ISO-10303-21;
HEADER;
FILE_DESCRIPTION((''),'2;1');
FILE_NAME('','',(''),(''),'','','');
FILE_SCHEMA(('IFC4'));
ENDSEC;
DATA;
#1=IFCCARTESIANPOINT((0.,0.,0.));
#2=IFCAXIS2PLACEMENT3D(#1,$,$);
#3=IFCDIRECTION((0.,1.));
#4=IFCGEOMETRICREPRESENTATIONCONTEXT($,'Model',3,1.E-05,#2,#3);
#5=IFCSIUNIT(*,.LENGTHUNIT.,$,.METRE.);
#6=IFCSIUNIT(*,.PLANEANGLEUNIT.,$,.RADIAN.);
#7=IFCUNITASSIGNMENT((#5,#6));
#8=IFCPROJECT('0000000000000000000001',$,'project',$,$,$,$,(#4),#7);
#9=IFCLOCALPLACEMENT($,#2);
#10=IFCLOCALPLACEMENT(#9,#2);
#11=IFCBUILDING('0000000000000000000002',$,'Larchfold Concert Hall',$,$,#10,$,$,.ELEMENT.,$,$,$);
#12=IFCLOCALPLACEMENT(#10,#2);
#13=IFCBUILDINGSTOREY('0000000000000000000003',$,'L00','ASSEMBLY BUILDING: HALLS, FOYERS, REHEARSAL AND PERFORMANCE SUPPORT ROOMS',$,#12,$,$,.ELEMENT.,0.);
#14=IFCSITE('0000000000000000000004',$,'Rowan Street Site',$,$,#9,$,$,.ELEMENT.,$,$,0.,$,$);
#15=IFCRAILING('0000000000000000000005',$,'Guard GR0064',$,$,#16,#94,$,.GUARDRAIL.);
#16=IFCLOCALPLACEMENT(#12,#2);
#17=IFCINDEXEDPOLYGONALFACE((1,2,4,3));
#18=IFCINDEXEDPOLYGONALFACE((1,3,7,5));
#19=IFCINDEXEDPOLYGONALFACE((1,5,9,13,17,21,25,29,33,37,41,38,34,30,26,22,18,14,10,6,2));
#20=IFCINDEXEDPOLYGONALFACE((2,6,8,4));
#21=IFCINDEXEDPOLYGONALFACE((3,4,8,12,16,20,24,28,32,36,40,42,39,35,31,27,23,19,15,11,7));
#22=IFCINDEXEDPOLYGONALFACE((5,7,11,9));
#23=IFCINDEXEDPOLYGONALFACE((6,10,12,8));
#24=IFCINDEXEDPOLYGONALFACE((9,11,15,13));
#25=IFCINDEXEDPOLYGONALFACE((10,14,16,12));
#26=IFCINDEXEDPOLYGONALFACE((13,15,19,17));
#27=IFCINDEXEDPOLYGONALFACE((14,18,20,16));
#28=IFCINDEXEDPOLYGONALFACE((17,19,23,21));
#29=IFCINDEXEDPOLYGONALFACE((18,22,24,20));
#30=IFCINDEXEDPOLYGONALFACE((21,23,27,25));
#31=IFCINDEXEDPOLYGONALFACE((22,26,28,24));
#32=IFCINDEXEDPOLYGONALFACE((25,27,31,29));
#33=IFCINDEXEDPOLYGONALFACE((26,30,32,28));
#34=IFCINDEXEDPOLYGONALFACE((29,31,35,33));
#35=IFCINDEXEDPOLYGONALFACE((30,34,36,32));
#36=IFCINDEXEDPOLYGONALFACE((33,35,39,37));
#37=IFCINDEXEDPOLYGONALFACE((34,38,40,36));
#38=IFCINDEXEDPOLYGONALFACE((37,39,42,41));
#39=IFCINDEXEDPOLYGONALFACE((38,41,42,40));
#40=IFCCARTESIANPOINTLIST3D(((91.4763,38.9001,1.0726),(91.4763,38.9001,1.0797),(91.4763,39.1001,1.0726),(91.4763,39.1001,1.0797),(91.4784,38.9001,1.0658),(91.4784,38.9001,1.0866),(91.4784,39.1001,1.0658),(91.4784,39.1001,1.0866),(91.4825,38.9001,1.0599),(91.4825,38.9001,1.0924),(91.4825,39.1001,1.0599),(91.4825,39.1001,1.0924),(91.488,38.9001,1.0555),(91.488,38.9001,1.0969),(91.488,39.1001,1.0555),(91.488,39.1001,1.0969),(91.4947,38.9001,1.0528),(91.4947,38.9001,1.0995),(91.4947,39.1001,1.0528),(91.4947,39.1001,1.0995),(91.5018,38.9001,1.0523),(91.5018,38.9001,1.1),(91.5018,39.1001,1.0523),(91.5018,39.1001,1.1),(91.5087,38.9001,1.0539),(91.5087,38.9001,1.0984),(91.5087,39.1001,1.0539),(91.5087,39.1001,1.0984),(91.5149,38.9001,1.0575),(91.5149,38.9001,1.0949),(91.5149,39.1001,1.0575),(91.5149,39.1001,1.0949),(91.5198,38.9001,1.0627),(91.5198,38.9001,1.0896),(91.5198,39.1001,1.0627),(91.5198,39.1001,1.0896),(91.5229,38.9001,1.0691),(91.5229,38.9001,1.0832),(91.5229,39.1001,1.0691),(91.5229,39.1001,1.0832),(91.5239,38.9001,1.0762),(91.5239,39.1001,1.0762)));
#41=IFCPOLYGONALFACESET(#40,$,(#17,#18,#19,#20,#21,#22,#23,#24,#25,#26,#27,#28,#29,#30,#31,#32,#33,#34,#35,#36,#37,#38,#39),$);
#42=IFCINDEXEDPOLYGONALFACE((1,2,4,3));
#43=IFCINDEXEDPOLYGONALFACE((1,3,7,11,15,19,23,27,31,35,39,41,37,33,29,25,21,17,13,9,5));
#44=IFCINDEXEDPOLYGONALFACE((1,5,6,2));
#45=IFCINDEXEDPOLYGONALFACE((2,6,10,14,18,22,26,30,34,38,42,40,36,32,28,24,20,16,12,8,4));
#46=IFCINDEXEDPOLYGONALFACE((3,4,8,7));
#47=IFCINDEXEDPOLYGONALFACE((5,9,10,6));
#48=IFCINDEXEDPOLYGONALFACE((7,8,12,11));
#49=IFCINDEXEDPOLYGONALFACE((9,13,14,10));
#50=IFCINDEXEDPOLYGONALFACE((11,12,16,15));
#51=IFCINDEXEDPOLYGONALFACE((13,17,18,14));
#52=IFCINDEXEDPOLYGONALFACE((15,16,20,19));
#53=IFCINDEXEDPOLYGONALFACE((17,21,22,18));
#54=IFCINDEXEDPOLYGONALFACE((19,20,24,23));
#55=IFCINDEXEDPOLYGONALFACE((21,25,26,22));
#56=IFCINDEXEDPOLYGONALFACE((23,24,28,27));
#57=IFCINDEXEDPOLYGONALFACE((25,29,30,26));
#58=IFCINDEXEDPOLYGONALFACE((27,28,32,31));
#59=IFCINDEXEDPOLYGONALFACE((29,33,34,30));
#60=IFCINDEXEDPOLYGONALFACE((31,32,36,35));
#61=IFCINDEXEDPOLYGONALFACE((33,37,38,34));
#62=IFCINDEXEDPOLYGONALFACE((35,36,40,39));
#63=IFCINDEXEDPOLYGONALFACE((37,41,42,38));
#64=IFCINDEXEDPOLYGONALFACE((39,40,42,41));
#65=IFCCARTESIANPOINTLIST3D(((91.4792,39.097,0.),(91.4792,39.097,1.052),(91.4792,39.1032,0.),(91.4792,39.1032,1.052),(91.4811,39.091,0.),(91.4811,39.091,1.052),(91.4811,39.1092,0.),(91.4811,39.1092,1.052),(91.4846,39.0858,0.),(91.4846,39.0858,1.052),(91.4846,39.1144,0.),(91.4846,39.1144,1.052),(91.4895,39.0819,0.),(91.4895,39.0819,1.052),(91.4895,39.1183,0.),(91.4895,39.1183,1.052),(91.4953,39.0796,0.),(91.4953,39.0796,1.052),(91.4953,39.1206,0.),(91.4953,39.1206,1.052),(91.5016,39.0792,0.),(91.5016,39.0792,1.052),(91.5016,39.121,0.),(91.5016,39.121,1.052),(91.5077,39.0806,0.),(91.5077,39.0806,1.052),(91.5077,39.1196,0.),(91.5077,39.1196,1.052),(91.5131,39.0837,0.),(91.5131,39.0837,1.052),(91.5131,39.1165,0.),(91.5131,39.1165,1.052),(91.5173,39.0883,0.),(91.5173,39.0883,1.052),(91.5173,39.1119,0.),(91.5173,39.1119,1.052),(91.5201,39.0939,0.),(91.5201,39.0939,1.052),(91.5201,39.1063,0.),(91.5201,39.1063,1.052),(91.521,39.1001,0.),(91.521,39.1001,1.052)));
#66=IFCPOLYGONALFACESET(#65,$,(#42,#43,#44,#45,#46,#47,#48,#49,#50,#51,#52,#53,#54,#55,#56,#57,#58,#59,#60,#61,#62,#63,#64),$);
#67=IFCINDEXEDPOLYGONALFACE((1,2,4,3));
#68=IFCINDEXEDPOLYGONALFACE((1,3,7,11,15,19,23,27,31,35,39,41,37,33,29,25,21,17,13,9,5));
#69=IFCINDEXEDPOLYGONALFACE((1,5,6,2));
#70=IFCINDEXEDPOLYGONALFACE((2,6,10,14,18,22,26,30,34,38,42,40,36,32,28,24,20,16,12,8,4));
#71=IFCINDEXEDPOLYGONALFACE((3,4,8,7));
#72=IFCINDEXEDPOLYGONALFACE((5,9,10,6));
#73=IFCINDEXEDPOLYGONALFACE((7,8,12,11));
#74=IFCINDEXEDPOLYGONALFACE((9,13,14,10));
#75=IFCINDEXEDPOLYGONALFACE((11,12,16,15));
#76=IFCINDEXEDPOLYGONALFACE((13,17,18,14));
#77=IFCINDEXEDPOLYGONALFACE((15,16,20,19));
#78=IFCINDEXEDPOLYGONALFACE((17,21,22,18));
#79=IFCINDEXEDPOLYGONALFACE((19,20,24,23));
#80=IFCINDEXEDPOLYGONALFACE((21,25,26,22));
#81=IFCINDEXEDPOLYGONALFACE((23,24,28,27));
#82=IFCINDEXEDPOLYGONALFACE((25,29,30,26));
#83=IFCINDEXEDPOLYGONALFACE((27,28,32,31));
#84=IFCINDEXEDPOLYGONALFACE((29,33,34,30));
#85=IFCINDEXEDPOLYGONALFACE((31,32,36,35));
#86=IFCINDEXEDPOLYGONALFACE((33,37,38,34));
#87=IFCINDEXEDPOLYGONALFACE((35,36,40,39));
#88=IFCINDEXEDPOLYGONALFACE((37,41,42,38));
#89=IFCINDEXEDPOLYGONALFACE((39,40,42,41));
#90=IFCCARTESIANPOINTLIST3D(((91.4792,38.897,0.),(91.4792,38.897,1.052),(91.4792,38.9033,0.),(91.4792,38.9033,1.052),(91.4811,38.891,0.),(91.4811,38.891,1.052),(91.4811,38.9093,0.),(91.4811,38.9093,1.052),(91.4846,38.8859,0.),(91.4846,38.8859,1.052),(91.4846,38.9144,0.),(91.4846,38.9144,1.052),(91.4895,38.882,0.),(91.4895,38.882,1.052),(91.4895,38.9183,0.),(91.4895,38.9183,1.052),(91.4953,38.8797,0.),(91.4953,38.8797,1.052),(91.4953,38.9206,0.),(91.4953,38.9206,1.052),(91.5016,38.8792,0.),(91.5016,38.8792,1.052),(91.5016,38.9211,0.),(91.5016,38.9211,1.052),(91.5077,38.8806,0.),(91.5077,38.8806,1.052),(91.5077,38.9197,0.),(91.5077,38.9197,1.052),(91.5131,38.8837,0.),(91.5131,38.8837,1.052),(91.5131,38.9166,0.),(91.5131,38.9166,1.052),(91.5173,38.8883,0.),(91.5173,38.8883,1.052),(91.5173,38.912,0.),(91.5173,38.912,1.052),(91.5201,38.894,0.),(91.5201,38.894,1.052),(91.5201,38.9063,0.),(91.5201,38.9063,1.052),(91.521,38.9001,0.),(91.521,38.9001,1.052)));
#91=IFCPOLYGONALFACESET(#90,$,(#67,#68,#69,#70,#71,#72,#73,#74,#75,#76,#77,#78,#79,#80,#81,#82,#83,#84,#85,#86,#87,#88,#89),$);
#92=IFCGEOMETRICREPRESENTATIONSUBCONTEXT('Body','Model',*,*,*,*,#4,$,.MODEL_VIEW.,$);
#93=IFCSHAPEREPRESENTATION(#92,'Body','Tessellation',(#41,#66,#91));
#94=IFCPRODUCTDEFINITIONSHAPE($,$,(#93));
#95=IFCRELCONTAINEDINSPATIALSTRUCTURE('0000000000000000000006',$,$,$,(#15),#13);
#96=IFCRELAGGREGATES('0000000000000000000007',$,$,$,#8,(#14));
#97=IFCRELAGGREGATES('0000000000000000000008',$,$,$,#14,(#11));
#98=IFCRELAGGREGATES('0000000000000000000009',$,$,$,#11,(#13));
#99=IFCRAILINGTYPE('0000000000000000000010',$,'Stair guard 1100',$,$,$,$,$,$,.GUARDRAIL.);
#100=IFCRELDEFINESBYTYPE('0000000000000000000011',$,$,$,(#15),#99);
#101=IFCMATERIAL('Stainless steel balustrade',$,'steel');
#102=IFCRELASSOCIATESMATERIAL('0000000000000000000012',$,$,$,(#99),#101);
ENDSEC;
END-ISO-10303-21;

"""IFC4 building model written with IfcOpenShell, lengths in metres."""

from ifc_helpers import new_model, si_unit, direction, frame, origin, origin_2d, place, context, subcontext, project, spatial, circle, extrude, material, type_object, element, save


model = new_model("IFC4")

# Units and contexts
model_context = context("Model", 3, precision=1e-05, world=origin(), true_north=direction((0.0, 1.0)))
body_context = subcontext(model_context, "Body", "Model", "MODEL_VIEW")
ifc_project = project(units=[si_unit("LENGTHUNIT", "METRE"), si_unit("PLANEANGLEUNIT", "RADIAN")], contexts=[model_context])

# Site, building, storey
site_placement = place(None, origin())
site = spatial("IfcSite", under=ifc_project, at=site_placement, Name="Rowan Street Site", CompositionType="ELEMENT", RefElevation=0.0)
building_placement = place(site_placement, origin())
building = spatial("IfcBuilding", under=site, at=building_placement, Name="Larchfold Concert Hall", CompositionType="ELEMENT")
storey_placement = place(building_placement, origin())
storey = spatial("IfcBuildingStorey", under=building, at=storey_placement, Name="L00", Description="ASSEMBLY BUILDING: HALLS, FOYERS, REHEARSAL AND PERFORMANCE SUPPORT ROOMS", CompositionType="ELEMENT", Elevation=0.0)

# Railing
ifc_material_1 = material(Name="Stainless steel balustrade", Category="steel")
railing_type_1 = type_object("IfcRailingType", Name="Stair guard 1100", PredefinedType="GUARDRAIL", material=ifc_material_1)
railing_1_placement = place(storey_placement, frame((91.5, 39.1001, 0.0)))
element("IfcRailing", 1, at=railing_1_placement, inside=storey, type_object=railing_type_1, Name="Guard GR0064", PredefinedType="GUARDRAIL", context=body_context, shape_type="SweptSolid", body=[
    extrude(circle(Radius=0.0239, at=origin_2d()), frame((0.0, 0.0, 1.0762), z_axis=(0.0, -1.0, 0.0), x_axis=(1.0, 0.0, 0.0)), (0.0, 0.0, 1.0), 0.2),
    extrude(circle(Radius=0.021, at=origin_2d()), origin(), (0.0, 0.0, 1.0), 1.052),
    extrude(circle(Radius=0.021, at=origin_2d()), frame((0.0, -0.2, 0.0)), (0.0, 0.0, 1.0), 1.052),
])

save(model, "model.ifc")
